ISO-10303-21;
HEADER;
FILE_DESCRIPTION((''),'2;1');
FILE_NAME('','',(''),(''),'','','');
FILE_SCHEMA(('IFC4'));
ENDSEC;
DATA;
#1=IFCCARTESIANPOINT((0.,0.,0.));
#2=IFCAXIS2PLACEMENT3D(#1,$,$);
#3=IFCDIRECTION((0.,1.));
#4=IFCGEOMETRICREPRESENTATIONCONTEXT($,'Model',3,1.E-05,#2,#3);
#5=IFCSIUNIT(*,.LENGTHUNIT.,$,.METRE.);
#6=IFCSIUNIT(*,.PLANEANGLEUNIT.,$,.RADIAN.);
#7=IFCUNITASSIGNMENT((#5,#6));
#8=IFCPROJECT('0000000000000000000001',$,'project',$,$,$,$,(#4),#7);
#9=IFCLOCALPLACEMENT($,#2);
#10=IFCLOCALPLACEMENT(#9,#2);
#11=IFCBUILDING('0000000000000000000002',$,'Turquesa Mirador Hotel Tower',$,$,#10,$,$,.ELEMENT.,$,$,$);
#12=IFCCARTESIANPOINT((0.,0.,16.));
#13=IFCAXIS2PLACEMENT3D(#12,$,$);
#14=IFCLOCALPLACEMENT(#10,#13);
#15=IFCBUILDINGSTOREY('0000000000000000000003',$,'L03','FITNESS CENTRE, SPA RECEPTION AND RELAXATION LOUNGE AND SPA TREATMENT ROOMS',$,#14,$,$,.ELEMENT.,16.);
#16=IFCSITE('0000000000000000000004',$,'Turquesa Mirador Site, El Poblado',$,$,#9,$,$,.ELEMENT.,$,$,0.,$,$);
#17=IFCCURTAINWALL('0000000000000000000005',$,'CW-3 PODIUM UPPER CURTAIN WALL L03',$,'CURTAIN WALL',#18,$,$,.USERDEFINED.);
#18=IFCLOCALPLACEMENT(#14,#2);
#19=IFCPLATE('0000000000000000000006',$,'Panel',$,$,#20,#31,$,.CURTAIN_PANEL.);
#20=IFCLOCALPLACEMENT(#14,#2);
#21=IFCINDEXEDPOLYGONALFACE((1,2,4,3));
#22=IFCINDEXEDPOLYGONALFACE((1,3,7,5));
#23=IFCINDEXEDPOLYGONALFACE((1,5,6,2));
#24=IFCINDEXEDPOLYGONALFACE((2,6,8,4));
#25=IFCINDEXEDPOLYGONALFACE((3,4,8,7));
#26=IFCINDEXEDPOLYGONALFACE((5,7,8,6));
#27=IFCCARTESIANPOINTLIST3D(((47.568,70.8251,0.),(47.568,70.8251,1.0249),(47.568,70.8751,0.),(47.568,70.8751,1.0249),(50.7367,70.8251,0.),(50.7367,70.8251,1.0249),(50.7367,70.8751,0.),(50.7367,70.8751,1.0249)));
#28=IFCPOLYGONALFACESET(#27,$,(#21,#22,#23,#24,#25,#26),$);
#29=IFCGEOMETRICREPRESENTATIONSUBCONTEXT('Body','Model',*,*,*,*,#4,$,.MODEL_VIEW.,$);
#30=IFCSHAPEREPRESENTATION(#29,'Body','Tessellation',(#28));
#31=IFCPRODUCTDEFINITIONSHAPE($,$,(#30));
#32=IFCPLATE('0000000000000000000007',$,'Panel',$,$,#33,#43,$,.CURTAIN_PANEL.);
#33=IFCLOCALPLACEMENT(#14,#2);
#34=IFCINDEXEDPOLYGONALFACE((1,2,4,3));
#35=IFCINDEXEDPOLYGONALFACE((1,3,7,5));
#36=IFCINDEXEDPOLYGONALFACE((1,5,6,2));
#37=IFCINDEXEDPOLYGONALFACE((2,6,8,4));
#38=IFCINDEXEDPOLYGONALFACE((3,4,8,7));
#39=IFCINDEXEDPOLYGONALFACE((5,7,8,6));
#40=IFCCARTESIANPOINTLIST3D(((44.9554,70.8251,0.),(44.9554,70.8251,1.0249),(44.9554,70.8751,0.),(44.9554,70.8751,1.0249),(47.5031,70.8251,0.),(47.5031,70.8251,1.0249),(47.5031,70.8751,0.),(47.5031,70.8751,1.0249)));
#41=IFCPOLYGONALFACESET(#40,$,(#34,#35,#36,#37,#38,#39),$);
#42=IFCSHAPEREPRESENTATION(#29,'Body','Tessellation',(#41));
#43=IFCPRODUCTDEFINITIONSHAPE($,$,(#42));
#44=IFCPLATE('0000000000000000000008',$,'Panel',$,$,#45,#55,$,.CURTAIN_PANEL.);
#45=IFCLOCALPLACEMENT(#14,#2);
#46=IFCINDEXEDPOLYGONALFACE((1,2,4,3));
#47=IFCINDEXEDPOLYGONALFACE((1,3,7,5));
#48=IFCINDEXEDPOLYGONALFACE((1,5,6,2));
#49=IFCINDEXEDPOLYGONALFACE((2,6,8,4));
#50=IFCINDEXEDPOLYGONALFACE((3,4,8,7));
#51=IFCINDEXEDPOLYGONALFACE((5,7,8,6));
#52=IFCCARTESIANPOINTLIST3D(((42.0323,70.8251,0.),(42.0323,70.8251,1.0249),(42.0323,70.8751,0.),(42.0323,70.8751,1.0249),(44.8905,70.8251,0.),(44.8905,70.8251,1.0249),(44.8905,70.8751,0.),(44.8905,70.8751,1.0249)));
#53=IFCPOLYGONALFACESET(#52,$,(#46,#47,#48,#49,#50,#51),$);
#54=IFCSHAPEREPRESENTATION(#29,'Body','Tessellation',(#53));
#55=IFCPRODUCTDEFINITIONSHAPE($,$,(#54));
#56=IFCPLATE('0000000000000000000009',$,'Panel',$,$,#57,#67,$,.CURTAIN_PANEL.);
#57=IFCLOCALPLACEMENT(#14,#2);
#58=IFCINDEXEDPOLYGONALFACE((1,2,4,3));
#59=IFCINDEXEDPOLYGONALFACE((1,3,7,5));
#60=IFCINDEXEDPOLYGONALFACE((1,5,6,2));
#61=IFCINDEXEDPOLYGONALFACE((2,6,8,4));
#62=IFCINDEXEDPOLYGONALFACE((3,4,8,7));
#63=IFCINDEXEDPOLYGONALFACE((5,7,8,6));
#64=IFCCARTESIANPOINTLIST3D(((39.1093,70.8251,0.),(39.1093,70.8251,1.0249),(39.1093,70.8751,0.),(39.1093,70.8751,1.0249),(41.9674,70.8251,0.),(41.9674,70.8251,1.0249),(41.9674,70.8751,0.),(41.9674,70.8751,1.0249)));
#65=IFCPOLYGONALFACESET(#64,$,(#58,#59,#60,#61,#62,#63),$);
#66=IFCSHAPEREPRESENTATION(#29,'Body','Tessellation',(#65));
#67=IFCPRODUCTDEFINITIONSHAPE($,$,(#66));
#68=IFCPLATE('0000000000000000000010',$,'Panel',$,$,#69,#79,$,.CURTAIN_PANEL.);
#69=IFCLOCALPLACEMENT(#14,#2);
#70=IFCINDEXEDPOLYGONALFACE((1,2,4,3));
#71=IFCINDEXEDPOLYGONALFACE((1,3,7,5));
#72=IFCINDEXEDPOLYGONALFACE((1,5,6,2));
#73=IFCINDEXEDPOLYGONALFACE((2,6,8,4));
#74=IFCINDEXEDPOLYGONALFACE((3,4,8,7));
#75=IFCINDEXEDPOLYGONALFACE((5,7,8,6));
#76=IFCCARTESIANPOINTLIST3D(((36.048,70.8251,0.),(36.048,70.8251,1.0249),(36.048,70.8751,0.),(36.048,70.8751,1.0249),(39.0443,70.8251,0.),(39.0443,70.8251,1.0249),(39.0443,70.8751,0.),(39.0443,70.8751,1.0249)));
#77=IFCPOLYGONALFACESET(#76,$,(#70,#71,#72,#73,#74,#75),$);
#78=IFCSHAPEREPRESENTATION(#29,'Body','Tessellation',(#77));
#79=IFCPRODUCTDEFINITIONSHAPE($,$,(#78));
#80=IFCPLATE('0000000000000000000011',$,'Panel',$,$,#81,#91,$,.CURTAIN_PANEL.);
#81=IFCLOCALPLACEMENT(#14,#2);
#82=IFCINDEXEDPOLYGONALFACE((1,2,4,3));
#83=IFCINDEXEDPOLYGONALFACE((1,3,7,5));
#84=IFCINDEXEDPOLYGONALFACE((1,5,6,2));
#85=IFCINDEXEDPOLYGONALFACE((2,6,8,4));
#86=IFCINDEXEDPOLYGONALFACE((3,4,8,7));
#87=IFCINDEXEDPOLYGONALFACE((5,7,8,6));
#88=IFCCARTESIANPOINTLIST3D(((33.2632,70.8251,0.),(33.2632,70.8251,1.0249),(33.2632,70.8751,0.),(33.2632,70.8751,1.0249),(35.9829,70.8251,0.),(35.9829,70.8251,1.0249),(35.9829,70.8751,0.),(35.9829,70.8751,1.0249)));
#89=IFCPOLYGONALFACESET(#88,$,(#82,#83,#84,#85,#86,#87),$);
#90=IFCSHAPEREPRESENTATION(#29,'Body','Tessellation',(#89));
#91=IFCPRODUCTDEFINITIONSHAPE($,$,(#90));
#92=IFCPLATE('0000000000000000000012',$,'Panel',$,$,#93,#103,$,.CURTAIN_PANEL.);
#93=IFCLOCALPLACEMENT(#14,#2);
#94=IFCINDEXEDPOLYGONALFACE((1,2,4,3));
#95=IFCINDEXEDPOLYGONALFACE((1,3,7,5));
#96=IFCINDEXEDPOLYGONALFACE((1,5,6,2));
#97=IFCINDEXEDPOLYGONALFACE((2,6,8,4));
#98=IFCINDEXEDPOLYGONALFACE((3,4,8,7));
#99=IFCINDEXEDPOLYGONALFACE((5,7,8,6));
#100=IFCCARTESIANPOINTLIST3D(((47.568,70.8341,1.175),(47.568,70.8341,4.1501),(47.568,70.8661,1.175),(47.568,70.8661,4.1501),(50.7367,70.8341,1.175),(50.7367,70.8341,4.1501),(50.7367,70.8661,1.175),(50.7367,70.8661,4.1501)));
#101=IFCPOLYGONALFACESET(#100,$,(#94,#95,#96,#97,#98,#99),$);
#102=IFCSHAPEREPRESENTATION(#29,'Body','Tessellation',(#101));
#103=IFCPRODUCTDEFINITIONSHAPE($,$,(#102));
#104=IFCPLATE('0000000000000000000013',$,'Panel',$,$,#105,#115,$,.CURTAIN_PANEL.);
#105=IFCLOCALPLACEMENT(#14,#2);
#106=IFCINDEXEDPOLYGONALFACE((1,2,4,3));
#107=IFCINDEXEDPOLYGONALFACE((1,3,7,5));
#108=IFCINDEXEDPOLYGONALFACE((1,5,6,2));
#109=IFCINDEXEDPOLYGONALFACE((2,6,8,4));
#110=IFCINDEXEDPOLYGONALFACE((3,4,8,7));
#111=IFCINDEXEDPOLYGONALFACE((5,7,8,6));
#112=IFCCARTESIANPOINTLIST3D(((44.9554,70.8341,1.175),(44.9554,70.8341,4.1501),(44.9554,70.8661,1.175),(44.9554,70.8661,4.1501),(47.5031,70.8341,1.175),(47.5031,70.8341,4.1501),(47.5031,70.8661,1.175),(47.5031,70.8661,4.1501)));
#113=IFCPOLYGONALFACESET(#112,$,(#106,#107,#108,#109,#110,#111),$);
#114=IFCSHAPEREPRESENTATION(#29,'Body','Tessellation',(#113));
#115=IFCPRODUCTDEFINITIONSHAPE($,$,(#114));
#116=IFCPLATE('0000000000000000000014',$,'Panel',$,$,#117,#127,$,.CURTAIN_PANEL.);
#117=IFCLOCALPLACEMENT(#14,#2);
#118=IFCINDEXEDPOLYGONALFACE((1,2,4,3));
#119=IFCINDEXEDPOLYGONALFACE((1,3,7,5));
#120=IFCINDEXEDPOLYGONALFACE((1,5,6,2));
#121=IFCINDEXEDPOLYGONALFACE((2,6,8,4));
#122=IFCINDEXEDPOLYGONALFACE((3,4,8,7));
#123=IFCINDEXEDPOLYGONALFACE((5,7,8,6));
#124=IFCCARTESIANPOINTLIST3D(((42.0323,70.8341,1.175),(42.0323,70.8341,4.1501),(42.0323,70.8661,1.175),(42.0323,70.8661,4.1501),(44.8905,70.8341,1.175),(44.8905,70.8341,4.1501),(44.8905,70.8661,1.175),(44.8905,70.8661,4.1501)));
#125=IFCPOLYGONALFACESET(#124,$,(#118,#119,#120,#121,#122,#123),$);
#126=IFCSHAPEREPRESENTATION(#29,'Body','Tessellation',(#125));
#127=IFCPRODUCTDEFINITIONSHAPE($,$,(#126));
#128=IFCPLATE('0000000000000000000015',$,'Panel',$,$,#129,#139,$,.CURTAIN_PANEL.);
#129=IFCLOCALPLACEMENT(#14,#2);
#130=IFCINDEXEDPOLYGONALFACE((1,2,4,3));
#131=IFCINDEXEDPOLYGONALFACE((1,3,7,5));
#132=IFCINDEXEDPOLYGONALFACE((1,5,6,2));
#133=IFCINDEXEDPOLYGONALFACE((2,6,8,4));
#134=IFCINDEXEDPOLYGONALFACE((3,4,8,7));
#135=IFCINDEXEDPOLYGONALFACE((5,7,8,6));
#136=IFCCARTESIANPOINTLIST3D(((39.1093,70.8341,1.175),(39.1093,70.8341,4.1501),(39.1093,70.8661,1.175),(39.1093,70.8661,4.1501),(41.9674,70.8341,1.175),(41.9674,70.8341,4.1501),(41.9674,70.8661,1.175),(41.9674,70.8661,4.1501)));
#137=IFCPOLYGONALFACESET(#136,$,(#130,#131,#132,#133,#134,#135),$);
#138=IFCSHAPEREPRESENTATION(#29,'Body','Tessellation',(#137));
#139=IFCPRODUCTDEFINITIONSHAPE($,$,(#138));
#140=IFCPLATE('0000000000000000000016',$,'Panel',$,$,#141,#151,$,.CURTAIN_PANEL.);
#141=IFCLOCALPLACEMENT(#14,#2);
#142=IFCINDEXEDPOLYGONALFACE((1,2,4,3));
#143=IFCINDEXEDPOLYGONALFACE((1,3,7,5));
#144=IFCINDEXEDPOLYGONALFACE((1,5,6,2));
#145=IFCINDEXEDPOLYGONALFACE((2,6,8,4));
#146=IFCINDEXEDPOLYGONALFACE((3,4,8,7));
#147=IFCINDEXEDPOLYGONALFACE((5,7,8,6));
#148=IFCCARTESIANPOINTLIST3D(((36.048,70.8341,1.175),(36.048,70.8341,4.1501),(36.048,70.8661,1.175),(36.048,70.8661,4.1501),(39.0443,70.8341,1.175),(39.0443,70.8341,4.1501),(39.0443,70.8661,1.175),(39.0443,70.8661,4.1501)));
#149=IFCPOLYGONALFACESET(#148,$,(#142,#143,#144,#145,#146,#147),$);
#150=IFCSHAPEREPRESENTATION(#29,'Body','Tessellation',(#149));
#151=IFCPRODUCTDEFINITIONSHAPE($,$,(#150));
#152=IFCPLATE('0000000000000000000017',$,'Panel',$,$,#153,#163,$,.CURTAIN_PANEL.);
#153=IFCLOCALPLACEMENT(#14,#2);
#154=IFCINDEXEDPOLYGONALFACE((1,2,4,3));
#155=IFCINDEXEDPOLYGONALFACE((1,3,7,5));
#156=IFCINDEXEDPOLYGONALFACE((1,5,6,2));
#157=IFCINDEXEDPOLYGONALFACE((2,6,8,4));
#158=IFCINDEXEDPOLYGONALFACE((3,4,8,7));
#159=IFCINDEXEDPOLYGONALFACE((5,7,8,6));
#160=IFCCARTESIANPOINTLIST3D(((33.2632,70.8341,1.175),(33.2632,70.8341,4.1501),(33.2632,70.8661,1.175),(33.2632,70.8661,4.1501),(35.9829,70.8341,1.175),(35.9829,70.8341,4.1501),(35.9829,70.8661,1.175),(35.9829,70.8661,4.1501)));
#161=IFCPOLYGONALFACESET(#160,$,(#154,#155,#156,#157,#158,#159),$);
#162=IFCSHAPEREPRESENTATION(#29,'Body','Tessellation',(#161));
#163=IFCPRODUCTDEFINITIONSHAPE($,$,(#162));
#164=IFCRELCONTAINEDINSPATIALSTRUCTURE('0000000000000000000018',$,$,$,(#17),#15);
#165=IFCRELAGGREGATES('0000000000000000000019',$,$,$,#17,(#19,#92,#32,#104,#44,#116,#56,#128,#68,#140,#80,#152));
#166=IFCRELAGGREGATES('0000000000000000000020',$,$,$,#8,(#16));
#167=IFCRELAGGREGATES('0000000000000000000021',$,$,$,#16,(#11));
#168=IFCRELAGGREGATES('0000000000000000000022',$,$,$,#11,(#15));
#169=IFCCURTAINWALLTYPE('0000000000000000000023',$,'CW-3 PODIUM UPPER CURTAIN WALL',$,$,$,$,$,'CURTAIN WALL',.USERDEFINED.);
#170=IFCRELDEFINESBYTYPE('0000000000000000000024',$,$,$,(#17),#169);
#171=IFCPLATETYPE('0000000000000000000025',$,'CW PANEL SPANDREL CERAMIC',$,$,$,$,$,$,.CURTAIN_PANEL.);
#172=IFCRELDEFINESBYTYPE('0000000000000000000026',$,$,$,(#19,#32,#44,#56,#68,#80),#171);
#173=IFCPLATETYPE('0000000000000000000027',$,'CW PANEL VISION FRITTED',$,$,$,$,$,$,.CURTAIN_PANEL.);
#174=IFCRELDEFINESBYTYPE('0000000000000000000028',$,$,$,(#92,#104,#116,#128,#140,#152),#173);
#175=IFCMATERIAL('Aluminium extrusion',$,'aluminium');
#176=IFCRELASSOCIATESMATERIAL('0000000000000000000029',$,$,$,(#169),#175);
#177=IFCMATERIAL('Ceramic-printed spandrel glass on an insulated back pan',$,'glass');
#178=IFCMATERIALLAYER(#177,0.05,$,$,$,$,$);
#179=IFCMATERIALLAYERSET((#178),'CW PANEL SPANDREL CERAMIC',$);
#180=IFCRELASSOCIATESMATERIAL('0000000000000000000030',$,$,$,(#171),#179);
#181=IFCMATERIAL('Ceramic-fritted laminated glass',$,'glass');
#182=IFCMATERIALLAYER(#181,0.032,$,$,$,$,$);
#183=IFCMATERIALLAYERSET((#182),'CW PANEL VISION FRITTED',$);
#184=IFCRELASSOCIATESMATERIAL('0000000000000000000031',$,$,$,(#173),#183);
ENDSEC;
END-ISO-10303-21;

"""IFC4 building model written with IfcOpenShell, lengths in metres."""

from ifc_helpers import new_model, si_unit, direction, frame, origin, origin_2d, place, context, subcontext, project, spatial, rectangle, extrude, material, layer, layer_set, type_object, element, aggregate, save


model = new_model("IFC4")

# Units and contexts
model_context = context("Model", 3, precision=1e-05, world=origin(), true_north=direction((0.0, 1.0)))
body_context = subcontext(model_context, "Body", "Model", "MODEL_VIEW")
ifc_project = project(units=[si_unit("LENGTHUNIT", "METRE"), si_unit("PLANEANGLEUNIT", "RADIAN")], contexts=[model_context])

# Site, building, storey
site_placement = place(None, origin())
site = spatial("IfcSite", under=ifc_project, at=site_placement, Name="Turquesa Mirador Site, El Poblado", CompositionType="ELEMENT", RefElevation=0.0)
building_placement = place(site_placement, origin())
building = spatial("IfcBuilding", under=site, at=building_placement, Name="Turquesa Mirador Hotel Tower", CompositionType="ELEMENT")
storey_placement = place(building_placement, frame((0.0, 0.0, 16.0)))
storey = spatial("IfcBuildingStorey", under=building, at=storey_placement, Name="L03", Description="FITNESS CENTRE, SPA RECEPTION AND RELAXATION LOUNGE AND SPA TREATMENT ROOMS", CompositionType="ELEMENT", Elevation=16.0)

# Curtain wall, plates
ifc_material_1 = material(Name="Aluminium extrusion", Category="aluminium")
curtain_wall_type = type_object("IfcCurtainWallType", Name="CW-3 PODIUM UPPER CURTAIN WALL", ElementType="CURTAIN WALL", PredefinedType="USERDEFINED", material=ifc_material_1)
curtain_wall_placement = place(storey_placement, origin())
curtain_wall = element("IfcCurtainWall", 1, at=curtain_wall_placement, inside=storey, type_object=curtain_wall_type, Name="CW-3 PODIUM UPPER CURTAIN WALL L03", ObjectType="CURTAIN WALL", PredefinedType="USERDEFINED")
ifc_material_2 = material(Name="Ceramic-printed spandrel glass on an insulated back pan", Category="glass")
ifc_layer_1 = layer(ifc_material_2, 0.05)
ifc_layer_set_1 = layer_set([ifc_layer_1], Name="CW PANEL SPANDREL CERAMIC")
plate_type_1 = type_object("IfcPlateType", Name="CW PANEL SPANDREL CERAMIC", PredefinedType="CURTAIN_PANEL", material=ifc_layer_set_1)
plate_1_placement = place(storey_placement, frame((49.1523, 70.8501, 0.0), z_axis=(0.0, 0.0, 1.0), x_axis=(-1.0, 0.0, 0.0)))
plate_1 = element("IfcPlate", 2, at=plate_1_placement, type_object=plate_type_1, Name="Panel", PredefinedType="CURTAIN_PANEL", context=body_context, shape_type="SweptSolid", body=[
    extrude(rectangle(XDim=3.1687, YDim=0.05, at=origin_2d()), origin(), (0.0, 0.0, 1.0), 1.0249),
])
plate_2_placement = place(storey_placement, frame((46.2292, 70.8501, 0.0), z_axis=(0.0, 0.0, 1.0), x_axis=(-1.0, 0.0, 0.0)))
plate_2 = element("IfcPlate", 3, at=plate_2_placement, type_object=plate_type_1, Name="Panel", PredefinedType="CURTAIN_PANEL", context=body_context, shape_type="SweptSolid", body=[
    extrude(rectangle(XDim=2.5476, YDim=0.05, at=origin_2d()), origin(), (0.0, 0.0, 1.0), 1.0249),
])
plate_3_placement = place(storey_placement, frame((43.4614, 70.8501, 0.0), z_axis=(0.0, 0.0, 1.0), x_axis=(-1.0, 0.0, 0.0)))
plate_3 = element("IfcPlate", 4, at=plate_3_placement, type_object=plate_type_1, Name="Panel", PredefinedType="CURTAIN_PANEL", context=body_context, shape_type="SweptSolid", body=[
    extrude(rectangle(XDim=2.8582, YDim=0.05, at=origin_2d()), origin(), (0.0, 0.0, 1.0), 1.0249),
])
plate_4_placement = place(storey_placement, frame((40.5383, 70.8501, 0.0), z_axis=(0.0, 0.0, 1.0), x_axis=(-1.0, 0.0, 0.0)))
plate_4 = element("IfcPlate", 5, at=plate_4_placement, type_object=plate_type_1, Name="Panel", PredefinedType="CURTAIN_PANEL", context=body_context, shape_type="SweptSolid", body=[
    extrude(rectangle(XDim=2.8582, YDim=0.05, at=origin_2d()), origin(), (0.0, 0.0, 1.0), 1.0249),
])
plate_5_placement = place(storey_placement, frame((37.5461, 70.8501, 0.0), z_axis=(0.0, 0.0, 1.0), x_axis=(-1.0, 0.0, 0.0)))
plate_5 = element("IfcPlate", 6, at=plate_5_placement, type_object=plate_type_1, Name="Panel", PredefinedType="CURTAIN_PANEL", context=body_context, shape_type="SweptSolid", body=[
    extrude(rectangle(XDim=2.9963, YDim=0.05, at=origin_2d()), origin(), (0.0, 0.0, 1.0), 1.0249),
])
plate_6_placement = place(storey_placement, frame((34.623, 70.8501, 0.0), z_axis=(0.0, 0.0, 1.0), x_axis=(-1.0, 0.0, 0.0)))
plate_6 = element("IfcPlate", 7, at=plate_6_placement, type_object=plate_type_1, Name="Panel", PredefinedType="CURTAIN_PANEL", context=body_context, shape_type="SweptSolid", body=[
    extrude(rectangle(XDim=2.7197, YDim=0.05, at=origin_2d()), origin(), (0.0, 0.0, 1.0), 1.0249),
])
ifc_material_3 = material(Name="Ceramic-fritted laminated glass", Category="glass")
ifc_layer_2 = layer(ifc_material_3, 0.032)
ifc_layer_set_2 = layer_set([ifc_layer_2], Name="CW PANEL VISION FRITTED")
plate_type_2 = type_object("IfcPlateType", Name="CW PANEL VISION FRITTED", PredefinedType="CURTAIN_PANEL", material=ifc_layer_set_2)
plate_7_placement = place(storey_placement, frame((49.1523, 70.8501, 1.175), z_axis=(0.0, 0.0, 1.0), x_axis=(-1.0, 0.0, 0.0)))
plate_7 = element("IfcPlate", 8, at=plate_7_placement, type_object=plate_type_2, Name="Panel", PredefinedType="CURTAIN_PANEL", context=body_context, shape_type="SweptSolid", body=[
    extrude(rectangle(XDim=3.1687, YDim=0.032, at=origin_2d()), origin(), (0.0, 0.0, 1.0), 2.9751),
])
plate_8_placement = place(storey_placement, frame((46.2292, 70.8501, 1.175), z_axis=(0.0, 0.0, 1.0), x_axis=(-1.0, 0.0, 0.0)))
plate_8 = element("IfcPlate", 9, at=plate_8_placement, type_object=plate_type_2, Name="Panel", PredefinedType="CURTAIN_PANEL", context=body_context, shape_type="SweptSolid", body=[
    extrude(rectangle(XDim=2.5476, YDim=0.032, at=origin_2d()), origin(), (0.0, 0.0, 1.0), 2.9751),
])
plate_9_placement = place(storey_placement, frame((43.4614, 70.8501, 1.175), z_axis=(0.0, 0.0, 1.0), x_axis=(-1.0, 0.0, 0.0)))
plate_9 = element("IfcPlate", 10, at=plate_9_placement, type_object=plate_type_2, Name="Panel", PredefinedType="CURTAIN_PANEL", context=body_context, shape_type="SweptSolid", body=[
    extrude(rectangle(XDim=2.8582, YDim=0.032, at=origin_2d()), origin(), (0.0, 0.0, 1.0), 2.9751),
])
plate_10_placement = place(storey_placement, frame((40.5383, 70.8501, 1.175), z_axis=(0.0, 0.0, 1.0), x_axis=(-1.0, 0.0, 0.0)))
plate_10 = element("IfcPlate", 11, at=plate_10_placement, type_object=plate_type_2, Name="Panel", PredefinedType="CURTAIN_PANEL", context=body_context, shape_type="SweptSolid", body=[
    extrude(rectangle(XDim=2.8582, YDim=0.032, at=origin_2d()), origin(), (0.0, 0.0, 1.0), 2.9751),
])
plate_11_placement = place(storey_placement, frame((37.5461, 70.8501, 1.175), z_axis=(0.0, 0.0, 1.0), x_axis=(-1.0, 0.0, 0.0)))
plate_11 = element("IfcPlate", 12, at=plate_11_placement, type_object=plate_type_2, Name="Panel", PredefinedType="CURTAIN_PANEL", context=body_context, shape_type="SweptSolid", body=[
    extrude(rectangle(XDim=2.9963, YDim=0.032, at=origin_2d()), origin(), (0.0, 0.0, 1.0), 2.9751),
])
plate_12_placement = place(storey_placement, frame((34.623, 70.8501, 1.175), z_axis=(0.0, 0.0, 1.0), x_axis=(-1.0, 0.0, 0.0)))
plate_12 = element("IfcPlate", 13, at=plate_12_placement, type_object=plate_type_2, Name="Panel", PredefinedType="CURTAIN_PANEL", context=body_context, shape_type="SweptSolid", body=[
    extrude(rectangle(XDim=2.7197, YDim=0.032, at=origin_2d()), origin(), (0.0, 0.0, 1.0), 2.9751),
])
aggregate(curtain_wall, [plate_1, plate_7, plate_2, plate_8, plate_3, plate_9, plate_4, plate_10, plate_5, plate_11, plate_6, plate_12])

save(model, "model.ifc")
